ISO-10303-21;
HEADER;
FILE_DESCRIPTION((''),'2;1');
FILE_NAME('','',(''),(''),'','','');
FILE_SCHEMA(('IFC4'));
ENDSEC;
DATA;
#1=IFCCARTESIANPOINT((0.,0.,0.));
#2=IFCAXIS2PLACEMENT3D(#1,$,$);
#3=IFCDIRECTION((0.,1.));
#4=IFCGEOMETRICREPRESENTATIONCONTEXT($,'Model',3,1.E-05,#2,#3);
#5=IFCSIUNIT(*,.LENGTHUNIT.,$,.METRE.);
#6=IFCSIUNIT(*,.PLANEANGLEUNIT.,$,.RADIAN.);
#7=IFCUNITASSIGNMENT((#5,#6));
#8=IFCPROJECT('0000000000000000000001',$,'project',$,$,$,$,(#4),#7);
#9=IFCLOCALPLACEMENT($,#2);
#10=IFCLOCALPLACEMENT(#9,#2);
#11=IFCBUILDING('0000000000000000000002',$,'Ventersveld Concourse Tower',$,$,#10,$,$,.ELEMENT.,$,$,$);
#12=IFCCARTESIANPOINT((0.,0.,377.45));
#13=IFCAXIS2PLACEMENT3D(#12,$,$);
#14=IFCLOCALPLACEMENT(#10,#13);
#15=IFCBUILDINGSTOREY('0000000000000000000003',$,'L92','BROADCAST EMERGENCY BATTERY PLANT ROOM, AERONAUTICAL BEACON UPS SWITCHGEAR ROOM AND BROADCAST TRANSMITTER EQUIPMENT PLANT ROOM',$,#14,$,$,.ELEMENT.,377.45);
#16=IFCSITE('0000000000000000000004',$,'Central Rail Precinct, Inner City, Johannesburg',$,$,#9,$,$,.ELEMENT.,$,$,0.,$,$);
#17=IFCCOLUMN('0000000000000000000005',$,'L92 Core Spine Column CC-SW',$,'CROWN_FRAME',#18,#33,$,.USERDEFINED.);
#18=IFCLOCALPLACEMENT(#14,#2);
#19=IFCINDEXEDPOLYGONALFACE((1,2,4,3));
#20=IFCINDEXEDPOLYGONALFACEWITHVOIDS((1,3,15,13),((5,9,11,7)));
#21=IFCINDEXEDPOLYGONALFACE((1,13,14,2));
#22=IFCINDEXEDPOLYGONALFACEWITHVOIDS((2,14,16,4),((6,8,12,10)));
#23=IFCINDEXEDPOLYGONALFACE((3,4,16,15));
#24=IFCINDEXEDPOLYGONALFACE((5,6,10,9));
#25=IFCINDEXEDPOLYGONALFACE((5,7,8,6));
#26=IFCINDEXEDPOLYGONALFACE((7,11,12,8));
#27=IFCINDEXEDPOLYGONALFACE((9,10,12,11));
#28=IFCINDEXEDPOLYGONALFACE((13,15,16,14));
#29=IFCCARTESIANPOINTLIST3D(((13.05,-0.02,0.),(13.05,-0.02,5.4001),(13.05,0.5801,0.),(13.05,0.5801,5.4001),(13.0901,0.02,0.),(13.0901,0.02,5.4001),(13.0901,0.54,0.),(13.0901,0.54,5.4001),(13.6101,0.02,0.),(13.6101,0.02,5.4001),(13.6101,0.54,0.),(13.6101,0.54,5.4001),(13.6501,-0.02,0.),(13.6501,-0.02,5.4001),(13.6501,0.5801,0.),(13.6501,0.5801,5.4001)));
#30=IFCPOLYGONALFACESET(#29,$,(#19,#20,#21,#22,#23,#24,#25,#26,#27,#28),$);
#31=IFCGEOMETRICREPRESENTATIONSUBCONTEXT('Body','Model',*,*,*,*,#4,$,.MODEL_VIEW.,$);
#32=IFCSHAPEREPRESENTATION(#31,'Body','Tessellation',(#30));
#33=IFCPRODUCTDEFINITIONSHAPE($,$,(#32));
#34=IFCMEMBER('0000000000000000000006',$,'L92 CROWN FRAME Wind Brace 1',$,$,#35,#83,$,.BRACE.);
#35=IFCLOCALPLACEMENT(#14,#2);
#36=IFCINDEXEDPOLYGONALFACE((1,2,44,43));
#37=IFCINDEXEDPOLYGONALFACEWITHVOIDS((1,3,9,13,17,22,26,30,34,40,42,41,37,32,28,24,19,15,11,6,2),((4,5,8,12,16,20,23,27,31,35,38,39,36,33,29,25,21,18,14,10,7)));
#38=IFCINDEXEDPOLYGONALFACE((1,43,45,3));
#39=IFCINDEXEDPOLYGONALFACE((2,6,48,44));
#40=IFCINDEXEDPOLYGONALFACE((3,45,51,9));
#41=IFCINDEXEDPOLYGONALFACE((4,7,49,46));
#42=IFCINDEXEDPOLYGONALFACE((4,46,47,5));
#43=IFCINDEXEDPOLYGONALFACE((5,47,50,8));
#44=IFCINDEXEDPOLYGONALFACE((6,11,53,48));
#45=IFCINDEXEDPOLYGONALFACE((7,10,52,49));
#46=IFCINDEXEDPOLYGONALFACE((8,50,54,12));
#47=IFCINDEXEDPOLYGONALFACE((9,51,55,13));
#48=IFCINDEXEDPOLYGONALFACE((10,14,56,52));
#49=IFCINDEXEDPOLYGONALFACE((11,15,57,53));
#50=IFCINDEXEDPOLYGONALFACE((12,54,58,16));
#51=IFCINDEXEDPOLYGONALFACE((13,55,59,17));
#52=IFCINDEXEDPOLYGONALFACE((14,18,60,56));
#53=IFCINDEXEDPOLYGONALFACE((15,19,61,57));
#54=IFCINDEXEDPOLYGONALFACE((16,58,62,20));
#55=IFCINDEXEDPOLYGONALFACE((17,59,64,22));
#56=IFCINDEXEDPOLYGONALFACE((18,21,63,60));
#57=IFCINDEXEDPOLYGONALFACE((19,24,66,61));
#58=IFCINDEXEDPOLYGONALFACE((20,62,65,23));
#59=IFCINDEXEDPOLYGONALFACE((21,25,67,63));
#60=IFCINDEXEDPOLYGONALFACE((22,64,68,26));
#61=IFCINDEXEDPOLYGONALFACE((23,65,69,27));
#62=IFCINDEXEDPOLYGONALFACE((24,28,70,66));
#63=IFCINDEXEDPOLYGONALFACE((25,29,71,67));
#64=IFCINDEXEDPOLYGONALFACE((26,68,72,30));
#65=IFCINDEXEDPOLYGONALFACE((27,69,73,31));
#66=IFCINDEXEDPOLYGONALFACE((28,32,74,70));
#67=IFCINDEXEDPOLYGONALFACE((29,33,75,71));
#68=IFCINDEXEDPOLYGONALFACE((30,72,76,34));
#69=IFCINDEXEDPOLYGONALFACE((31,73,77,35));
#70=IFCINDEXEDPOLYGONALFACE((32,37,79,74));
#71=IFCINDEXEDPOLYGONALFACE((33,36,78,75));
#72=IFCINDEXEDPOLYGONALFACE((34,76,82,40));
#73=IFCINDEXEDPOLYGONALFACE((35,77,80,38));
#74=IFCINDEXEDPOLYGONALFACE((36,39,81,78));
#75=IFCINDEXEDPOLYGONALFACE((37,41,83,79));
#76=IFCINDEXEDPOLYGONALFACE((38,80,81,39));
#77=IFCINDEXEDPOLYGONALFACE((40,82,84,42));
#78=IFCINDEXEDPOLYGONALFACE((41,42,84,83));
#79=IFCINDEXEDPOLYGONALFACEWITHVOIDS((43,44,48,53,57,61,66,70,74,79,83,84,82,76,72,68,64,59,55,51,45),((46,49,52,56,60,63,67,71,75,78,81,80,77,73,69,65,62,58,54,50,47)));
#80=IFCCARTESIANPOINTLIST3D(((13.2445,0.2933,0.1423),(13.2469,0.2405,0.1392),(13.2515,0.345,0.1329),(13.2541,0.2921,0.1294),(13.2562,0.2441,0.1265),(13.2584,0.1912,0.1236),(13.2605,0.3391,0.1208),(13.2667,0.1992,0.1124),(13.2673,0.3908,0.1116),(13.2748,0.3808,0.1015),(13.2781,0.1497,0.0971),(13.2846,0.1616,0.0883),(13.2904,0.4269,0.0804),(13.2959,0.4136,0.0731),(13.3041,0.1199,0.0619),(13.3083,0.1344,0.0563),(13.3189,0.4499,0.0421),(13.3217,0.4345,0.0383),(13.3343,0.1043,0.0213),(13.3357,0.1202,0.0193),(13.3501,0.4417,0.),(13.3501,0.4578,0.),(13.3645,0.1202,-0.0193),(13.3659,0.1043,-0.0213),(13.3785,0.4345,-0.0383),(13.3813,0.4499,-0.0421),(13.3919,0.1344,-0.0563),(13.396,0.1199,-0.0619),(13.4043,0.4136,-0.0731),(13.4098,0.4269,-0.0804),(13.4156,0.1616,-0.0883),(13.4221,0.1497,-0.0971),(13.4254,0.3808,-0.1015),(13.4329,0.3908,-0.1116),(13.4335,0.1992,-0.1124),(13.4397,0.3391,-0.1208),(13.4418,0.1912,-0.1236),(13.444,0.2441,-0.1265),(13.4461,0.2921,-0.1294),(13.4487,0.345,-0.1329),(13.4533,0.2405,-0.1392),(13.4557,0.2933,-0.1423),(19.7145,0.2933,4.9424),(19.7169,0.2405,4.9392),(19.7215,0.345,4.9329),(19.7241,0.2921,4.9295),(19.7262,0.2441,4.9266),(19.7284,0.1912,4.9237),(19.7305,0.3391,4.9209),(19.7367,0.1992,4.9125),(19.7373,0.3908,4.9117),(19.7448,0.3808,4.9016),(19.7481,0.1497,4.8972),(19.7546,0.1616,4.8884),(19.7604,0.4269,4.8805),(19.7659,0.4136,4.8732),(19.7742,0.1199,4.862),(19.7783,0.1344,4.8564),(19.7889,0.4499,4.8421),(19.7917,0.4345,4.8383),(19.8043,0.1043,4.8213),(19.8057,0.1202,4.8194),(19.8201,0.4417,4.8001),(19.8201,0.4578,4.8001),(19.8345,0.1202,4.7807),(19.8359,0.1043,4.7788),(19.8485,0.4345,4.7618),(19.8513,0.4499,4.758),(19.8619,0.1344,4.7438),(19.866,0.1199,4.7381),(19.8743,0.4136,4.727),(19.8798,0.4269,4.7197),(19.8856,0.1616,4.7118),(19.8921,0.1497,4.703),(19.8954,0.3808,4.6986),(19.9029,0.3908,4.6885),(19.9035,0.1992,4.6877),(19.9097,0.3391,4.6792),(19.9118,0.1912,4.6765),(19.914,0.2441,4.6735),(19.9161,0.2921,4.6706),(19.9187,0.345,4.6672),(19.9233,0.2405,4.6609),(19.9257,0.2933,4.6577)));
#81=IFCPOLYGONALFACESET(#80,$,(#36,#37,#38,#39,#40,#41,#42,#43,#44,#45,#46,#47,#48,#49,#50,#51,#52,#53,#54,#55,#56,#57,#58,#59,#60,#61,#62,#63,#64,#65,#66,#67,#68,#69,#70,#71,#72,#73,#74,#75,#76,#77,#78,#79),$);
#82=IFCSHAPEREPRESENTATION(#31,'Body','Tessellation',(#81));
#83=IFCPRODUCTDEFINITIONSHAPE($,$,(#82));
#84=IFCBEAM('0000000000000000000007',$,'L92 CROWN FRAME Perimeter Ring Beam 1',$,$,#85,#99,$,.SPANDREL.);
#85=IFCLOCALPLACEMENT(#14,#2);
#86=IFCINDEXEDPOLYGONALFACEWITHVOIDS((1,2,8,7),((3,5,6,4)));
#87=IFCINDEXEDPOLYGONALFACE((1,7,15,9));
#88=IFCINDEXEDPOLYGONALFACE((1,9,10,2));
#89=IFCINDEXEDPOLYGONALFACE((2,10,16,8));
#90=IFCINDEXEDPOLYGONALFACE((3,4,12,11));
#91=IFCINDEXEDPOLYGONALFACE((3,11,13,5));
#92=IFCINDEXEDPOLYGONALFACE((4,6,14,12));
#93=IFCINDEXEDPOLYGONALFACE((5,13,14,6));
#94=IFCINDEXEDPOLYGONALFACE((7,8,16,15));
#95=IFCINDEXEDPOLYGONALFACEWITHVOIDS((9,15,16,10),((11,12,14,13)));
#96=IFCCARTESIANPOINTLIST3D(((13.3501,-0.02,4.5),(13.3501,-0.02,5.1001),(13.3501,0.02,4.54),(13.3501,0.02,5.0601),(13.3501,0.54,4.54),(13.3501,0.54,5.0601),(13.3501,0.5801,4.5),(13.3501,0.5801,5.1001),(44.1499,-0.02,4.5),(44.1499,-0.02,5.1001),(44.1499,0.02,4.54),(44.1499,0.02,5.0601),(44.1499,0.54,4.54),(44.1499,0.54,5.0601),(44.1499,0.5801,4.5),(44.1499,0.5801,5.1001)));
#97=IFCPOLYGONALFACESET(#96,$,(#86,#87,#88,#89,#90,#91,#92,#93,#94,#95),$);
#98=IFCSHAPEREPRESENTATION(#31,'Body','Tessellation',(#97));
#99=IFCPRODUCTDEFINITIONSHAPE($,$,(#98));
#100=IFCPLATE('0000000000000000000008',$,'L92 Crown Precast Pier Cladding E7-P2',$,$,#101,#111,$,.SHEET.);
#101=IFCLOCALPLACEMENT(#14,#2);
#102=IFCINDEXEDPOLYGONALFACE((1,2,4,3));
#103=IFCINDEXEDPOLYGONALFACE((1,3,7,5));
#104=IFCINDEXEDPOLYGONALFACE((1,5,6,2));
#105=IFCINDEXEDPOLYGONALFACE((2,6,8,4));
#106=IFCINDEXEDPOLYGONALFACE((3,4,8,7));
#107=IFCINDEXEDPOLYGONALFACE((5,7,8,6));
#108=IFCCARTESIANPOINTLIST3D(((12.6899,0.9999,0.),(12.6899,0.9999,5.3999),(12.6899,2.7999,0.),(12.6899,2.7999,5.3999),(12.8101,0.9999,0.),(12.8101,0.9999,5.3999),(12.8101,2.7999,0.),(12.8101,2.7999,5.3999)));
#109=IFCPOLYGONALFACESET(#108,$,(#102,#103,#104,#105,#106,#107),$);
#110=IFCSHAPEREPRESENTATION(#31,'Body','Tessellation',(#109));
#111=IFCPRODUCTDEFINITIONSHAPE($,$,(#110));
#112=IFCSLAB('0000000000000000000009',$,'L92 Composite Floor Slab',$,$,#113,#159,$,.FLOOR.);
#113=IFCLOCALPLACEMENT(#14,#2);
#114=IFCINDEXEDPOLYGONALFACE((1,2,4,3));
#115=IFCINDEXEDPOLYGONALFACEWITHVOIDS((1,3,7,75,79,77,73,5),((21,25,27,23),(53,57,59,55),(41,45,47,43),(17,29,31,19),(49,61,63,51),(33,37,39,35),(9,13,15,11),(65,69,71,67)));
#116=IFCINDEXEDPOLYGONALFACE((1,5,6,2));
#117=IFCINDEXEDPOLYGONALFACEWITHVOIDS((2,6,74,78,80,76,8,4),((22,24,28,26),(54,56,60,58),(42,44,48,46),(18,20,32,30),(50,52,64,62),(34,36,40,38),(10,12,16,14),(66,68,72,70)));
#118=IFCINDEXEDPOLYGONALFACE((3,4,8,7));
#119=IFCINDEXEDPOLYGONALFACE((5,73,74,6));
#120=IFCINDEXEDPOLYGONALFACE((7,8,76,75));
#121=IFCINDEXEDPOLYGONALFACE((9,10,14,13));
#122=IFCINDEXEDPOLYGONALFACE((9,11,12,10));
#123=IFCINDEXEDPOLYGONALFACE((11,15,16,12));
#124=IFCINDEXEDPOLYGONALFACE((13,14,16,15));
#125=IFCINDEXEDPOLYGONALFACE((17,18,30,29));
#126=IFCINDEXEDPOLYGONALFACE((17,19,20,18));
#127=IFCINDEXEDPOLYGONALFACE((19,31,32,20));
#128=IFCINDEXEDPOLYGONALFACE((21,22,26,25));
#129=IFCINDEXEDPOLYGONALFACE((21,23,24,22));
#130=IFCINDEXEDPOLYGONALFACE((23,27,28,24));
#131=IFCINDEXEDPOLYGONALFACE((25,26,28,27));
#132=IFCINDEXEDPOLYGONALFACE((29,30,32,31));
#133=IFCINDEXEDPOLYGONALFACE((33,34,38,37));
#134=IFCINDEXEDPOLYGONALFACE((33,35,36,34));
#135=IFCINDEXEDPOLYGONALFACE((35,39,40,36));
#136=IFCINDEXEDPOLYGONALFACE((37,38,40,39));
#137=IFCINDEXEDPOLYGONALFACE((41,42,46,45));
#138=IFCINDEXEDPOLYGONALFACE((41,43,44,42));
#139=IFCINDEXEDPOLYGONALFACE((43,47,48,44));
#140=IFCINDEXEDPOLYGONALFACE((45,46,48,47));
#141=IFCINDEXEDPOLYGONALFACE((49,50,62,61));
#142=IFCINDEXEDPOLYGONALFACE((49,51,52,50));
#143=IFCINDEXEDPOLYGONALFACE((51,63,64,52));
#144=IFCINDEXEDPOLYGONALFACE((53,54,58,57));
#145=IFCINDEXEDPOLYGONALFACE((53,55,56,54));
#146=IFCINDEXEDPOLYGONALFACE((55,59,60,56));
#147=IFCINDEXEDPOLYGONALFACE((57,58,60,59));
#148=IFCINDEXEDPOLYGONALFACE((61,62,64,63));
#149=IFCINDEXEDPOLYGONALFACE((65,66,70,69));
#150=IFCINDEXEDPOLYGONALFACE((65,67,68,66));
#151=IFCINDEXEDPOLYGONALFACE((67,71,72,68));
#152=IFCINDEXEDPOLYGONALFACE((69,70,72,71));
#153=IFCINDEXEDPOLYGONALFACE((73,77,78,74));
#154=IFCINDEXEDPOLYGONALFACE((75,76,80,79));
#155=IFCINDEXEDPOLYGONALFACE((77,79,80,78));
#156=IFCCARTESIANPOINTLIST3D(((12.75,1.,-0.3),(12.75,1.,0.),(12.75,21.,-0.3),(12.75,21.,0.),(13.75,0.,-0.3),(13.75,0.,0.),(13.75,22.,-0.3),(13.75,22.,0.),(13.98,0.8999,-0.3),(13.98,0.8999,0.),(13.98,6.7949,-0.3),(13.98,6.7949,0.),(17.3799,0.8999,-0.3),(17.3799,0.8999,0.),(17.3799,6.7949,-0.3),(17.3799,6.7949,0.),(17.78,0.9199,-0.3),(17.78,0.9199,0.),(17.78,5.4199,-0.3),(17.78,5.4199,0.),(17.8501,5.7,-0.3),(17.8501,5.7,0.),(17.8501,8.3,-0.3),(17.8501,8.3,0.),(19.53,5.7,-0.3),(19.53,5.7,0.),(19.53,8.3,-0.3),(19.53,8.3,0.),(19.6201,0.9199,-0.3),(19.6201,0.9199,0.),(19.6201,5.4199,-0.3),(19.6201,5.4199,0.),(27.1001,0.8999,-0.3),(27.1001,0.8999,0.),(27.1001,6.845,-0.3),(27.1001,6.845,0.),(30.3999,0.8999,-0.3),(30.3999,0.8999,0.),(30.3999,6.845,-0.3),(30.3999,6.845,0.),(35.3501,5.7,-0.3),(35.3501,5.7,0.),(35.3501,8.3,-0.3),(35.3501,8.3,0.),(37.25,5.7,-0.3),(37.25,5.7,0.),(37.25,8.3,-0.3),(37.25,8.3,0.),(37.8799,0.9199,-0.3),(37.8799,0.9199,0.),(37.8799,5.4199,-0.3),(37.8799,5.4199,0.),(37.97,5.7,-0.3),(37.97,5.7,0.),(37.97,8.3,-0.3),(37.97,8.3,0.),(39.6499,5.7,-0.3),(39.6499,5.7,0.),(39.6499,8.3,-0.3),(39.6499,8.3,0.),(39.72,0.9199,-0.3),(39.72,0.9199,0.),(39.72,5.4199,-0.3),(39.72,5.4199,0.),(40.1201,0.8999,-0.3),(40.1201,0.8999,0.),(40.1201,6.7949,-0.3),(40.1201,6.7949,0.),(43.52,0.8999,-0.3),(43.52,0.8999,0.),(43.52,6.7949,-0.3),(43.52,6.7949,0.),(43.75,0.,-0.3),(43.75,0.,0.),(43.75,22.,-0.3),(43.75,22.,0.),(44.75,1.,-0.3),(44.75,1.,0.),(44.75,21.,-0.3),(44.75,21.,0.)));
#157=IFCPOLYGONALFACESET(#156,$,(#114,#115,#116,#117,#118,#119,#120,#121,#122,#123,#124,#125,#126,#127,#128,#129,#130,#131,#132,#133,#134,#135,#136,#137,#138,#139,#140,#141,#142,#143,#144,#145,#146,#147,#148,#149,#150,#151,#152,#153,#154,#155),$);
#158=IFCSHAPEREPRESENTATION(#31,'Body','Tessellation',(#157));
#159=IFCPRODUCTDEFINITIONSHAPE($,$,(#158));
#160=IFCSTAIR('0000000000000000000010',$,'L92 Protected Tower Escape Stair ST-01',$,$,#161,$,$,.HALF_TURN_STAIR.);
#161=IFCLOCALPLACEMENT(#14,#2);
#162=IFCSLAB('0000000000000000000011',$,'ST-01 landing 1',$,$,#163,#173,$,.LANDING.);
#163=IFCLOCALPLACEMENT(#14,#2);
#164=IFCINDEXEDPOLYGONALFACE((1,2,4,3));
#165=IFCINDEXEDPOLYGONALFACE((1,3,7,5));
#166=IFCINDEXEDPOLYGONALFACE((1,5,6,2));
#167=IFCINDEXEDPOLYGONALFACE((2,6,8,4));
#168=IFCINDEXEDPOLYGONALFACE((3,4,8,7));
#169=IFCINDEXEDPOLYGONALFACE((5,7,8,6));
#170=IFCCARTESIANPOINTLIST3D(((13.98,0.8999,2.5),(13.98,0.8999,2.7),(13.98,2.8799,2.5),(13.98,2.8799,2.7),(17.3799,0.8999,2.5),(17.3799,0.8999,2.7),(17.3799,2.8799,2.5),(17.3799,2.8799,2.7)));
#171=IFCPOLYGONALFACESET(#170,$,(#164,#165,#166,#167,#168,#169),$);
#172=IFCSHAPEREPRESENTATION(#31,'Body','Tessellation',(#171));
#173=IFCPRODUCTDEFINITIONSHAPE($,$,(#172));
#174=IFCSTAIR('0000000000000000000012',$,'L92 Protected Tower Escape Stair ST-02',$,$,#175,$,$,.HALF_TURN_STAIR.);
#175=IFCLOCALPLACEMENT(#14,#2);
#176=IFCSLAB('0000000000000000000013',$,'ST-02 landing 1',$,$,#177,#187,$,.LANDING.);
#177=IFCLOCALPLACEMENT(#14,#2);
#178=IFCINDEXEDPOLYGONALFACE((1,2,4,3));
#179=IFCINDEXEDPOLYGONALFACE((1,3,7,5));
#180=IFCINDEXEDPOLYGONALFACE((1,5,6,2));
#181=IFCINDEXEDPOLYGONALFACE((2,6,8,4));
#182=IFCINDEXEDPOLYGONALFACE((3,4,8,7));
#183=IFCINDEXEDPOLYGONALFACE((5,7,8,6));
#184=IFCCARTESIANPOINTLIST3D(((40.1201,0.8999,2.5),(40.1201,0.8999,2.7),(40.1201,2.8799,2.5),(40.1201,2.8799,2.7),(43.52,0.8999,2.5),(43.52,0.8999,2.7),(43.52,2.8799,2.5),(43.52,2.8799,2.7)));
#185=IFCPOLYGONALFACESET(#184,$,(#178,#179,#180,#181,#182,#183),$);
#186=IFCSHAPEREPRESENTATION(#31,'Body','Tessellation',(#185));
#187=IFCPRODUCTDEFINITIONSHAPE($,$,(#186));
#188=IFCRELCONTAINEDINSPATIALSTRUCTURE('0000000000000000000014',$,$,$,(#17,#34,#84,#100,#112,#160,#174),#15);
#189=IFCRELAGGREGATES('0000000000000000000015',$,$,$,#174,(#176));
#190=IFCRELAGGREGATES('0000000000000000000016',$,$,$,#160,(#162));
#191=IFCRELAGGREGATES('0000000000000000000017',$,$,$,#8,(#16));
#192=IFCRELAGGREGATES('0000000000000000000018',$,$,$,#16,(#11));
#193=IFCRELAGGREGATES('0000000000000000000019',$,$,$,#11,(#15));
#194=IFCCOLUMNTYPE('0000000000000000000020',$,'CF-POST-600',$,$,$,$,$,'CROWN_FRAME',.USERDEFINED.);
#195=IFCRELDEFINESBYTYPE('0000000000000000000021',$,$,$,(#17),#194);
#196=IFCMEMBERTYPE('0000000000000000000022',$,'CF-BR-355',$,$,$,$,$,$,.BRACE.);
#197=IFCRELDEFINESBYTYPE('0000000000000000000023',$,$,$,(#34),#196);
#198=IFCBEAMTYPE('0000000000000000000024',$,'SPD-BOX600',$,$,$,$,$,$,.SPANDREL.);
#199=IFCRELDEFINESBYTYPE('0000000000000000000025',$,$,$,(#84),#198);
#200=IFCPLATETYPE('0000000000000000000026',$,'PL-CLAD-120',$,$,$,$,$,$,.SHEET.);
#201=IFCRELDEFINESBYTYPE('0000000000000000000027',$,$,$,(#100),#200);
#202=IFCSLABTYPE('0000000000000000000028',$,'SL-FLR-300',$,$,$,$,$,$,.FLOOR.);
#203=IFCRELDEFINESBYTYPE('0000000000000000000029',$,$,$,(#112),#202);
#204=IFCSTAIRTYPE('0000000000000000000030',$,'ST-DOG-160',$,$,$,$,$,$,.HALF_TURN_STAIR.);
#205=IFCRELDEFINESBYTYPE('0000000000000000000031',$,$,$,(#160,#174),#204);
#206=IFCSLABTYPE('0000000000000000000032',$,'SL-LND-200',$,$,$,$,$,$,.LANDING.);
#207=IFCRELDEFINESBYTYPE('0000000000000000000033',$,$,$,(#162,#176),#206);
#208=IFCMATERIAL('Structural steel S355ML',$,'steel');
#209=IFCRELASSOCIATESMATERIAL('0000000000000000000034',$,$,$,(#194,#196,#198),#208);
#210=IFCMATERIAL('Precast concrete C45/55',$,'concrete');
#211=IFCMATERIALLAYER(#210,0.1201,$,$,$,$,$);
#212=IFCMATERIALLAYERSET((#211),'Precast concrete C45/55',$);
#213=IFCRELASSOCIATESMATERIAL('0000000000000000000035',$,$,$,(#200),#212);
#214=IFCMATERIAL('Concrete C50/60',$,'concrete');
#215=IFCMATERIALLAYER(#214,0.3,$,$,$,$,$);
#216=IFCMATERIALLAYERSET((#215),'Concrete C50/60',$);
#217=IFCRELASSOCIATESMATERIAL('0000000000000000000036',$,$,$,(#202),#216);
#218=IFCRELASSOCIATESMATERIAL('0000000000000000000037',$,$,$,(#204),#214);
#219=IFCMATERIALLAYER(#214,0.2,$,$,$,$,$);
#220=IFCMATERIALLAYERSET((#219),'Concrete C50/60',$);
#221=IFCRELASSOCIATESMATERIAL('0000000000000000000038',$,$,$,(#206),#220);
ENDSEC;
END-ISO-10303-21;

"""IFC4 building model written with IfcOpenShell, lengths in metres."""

from ifc_helpers import new_model, si_unit, direction, frame, origin, origin_2d, place, context, subcontext, project, spatial, polyline, rectangle, hollow_rectangle, hollow_circle, outline, extrude, material, layer, layer_set, material_profile, profile_set, type_object, element, aggregate, save


model = new_model("IFC4")

# Units and contexts
model_context = context("Model", 3, precision=1e-05, world=origin(), true_north=direction((0.0, 1.0)))
body_context = subcontext(model_context, "Body", "Model", "MODEL_VIEW")
ifc_project = project(units=[si_unit("LENGTHUNIT", "METRE"), si_unit("PLANEANGLEUNIT", "RADIAN")], contexts=[model_context])

# Site, building, storey
site_placement = place(None, origin())
site = spatial("IfcSite", under=ifc_project, at=site_placement, Name="Central Rail Precinct, Inner City, Johannesburg", CompositionType="ELEMENT", RefElevation=0.0)
building_placement = place(site_placement, origin())
building = spatial("IfcBuilding", under=site, at=building_placement, Name="Ventersveld Concourse Tower", CompositionType="ELEMENT")
storey_placement = place(building_placement, frame((0.0, 0.0, 377.45)))
storey = spatial("IfcBuildingStorey", under=building, at=storey_placement, Name="L92", Description="BROADCAST EMERGENCY BATTERY PLANT ROOM, AERONAUTICAL BEACON UPS SWITCHGEAR ROOM AND BROADCAST TRANSMITTER EQUIPMENT PLANT ROOM", CompositionType="ELEMENT", Elevation=377.45)

# Column
ifc_material_1 = material(Name="Structural steel S355ML", Category="steel")
ifc_material_profile_1 = material_profile(ifc_material_1, hollow_rectangle(XDim=0.6001, YDim=0.6001, WallThickness=0.04, at=origin_2d()), Name="BOX 600x600x40")
ifc_profile_set_1 = profile_set([ifc_material_profile_1], Name="Structural steel S355ML")
column_type = type_object("IfcColumnType", Name="CF-POST-600", ElementType="CROWN_FRAME", PredefinedType="USERDEFINED", material=ifc_profile_set_1)
column_placement = place(storey_placement, frame((13.3501, 0.28, 0.0), z_axis=(0.0, 0.0, 1.0), x_axis=(1.0, 0.0, 0.0)))
element("IfcColumn", 1, at=column_placement, inside=storey, type_object=column_type, Name="L92 Core Spine Column CC-SW", ObjectType="CROWN_FRAME", PredefinedType="USERDEFINED", context=body_context, shape_type="SweptSolid", body=[
    extrude(hollow_rectangle(XDim=0.6001, YDim=0.6001, WallThickness=0.04, at=origin_2d()), origin(), (0.0, 0.0, 1.0), 5.4001),
])

# Member
ifc_material_profile_2 = material_profile(ifc_material_1, hollow_circle(Radius=0.1777, WallThickness=0.0161, at=origin_2d()), Name="CHS 355.6x16")
ifc_profile_set_2 = profile_set([ifc_material_profile_2], Name="Structural steel S355ML")
member_type = type_object("IfcMemberType", Name="CF-BR-355", PredefinedType="BRACE", material=ifc_profile_set_2)
member_placement = place(storey_placement, frame((13.3501, 0.28, 0.0), z_axis=(0.803113, 0.0, 0.595827), x_axis=(0.0, 1.0, 0.0)))
element("IfcMember", 2, at=member_placement, inside=storey, type_object=member_type, Name="L92 CROWN FRAME Wind Brace 1", PredefinedType="BRACE", context=body_context, shape_type="SweptSolid", body=[
    extrude(hollow_circle(Radius=0.1777, WallThickness=0.0161, at=origin_2d()), origin(), (0.0, 0.0, 1.0), 8.0562),
])

# Beam
ifc_material_profile_3 = material_profile(ifc_material_1, hollow_rectangle(XDim=0.6001, YDim=0.6001, WallThickness=0.04, at=origin_2d()), Name="BOX 600x600x40")
ifc_profile_set_3 = profile_set([ifc_material_profile_3], Name="Structural steel S355ML")
beam_type = type_object("IfcBeamType", Name="SPD-BOX600", PredefinedType="SPANDREL", material=ifc_profile_set_3)
beam_placement = place(storey_placement, frame((13.3501, 0.28, 4.8), z_axis=(1.0, 0.0, 0.0), x_axis=(0.0, 1.0, 0.0)))
element("IfcBeam", 3, at=beam_placement, inside=storey, type_object=beam_type, Name="L92 CROWN FRAME Perimeter Ring Beam 1", PredefinedType="SPANDREL", context=body_context, shape_type="SweptSolid", body=[
    extrude(hollow_rectangle(XDim=0.6001, YDim=0.6001, WallThickness=0.04, at=origin_2d()), origin(), (0.0, 0.0, 1.0), 30.7998),
])

# Plate
ifc_material_2 = material(Name="Precast concrete C45/55", Category="concrete")
ifc_layer_1 = layer(ifc_material_2, 0.1201)
ifc_layer_set_1 = layer_set([ifc_layer_1], Name="Precast concrete C45/55")
plate_type = type_object("IfcPlateType", Name="PL-CLAD-120", PredefinedType="SHEET", material=ifc_layer_set_1)
plate_placement = place(storey_placement, frame((12.75, 1.8999, 0.0), z_axis=(0.0, 0.0, 1.0), x_axis=(0.0, -1.0, 0.0)))
element("IfcPlate", 4, at=plate_placement, inside=storey, type_object=plate_type, Name="L92 Crown Precast Pier Cladding E7-P2", PredefinedType="SHEET", context=body_context, shape_type="SweptSolid", body=[
    extrude(rectangle(XDim=1.8, YDim=0.1201, at=origin_2d()), origin(), (0.0, 0.0, 1.0), 5.3999),
])

# Slab
ifc_material_3 = material(Name="Concrete C50/60", Category="concrete")
ifc_layer_2 = layer(ifc_material_3, 0.3)
ifc_layer_set_2 = layer_set([ifc_layer_2], Name="Concrete C50/60")
slab_type_1 = type_object("IfcSlabType", Name="SL-FLR-300", PredefinedType="FLOOR", material=ifc_layer_set_2)
slab_1_placement = place(storey_placement, frame((0.0, 0.0, -0.3)))
element("IfcSlab", 5, at=slab_1_placement, inside=storey, type_object=slab_type_1, Name="L92 Composite Floor Slab", PredefinedType="FLOOR", context=body_context, shape_type="SweptSolid", body=[
    extrude(outline(polyline([(13.75, 0.0), (43.75, 0.0), (44.75, 1.0), (44.75, 21.0), (43.75, 22.0), (13.75, 22.0), (12.75, 21.0), (12.75, 1.0), (13.75, 0.0)]), holes=[polyline([(13.98, 6.7949), (13.98, 0.8999), (17.3799, 0.8999), (17.3799, 6.7949), (13.98, 6.7949)]), polyline([(40.1201, 6.7949), (40.1201, 0.8999), (43.52, 0.8999), (43.52, 6.7949), (40.1201, 6.7949)]), polyline([(27.1001, 6.845), (27.1001, 0.8999), (30.3999, 0.8999), (30.3999, 6.845), (27.1001, 6.845)]), polyline([(17.8501, 5.7), (19.53, 5.7), (19.53, 8.3), (17.8501, 8.3), (17.8501, 5.7)]), polyline([(37.97, 5.7), (39.6499, 5.7), (39.6499, 8.3), (37.97, 8.3), (37.97, 5.7)]), polyline([(35.3501, 5.7), (37.25, 5.7), (37.25, 8.3), (35.3501, 8.3), (35.3501, 5.7)]), polyline([(17.78, 0.9199), (19.6201, 0.9199), (19.6201, 5.4199), (17.78, 5.4199), (17.78, 0.9199)]), polyline([(37.8799, 0.9199), (39.72, 0.9199), (39.72, 5.4199), (37.8799, 5.4199), (37.8799, 0.9199)])]), origin(), (0.0, 0.0, 1.0), 0.3),
])

# Stairs, slabs
stair_type_1 = type_object("IfcStairType", Name="ST-DOG-160", PredefinedType="HALF_TURN_STAIR", material=ifc_material_3)
stair_1_placement = place(storey_placement, origin())
stair_1 = element("IfcStair", 6, at=stair_1_placement, inside=storey, type_object=stair_type_1, Name="L92 Protected Tower Escape Stair ST-01", PredefinedType="HALF_TURN_STAIR")
ifc_layer_3 = layer(ifc_material_3, 0.2)
ifc_layer_set_3 = layer_set([ifc_layer_3], Name="Concrete C50/60")
slab_type_2 = type_object("IfcSlabType", Name="SL-LND-200", PredefinedType="LANDING", material=ifc_layer_set_3)
slab_2_placement = place(storey_placement, frame((0.0, 0.0, 2.5)))
slab_2 = element("IfcSlab", 7, at=slab_2_placement, type_object=slab_type_2, Name="ST-01 landing 1", PredefinedType="LANDING", context=body_context, shape_type="SweptSolid", body=[
    extrude(outline(polyline([(13.98, 2.8799), (13.98, 0.8999), (17.3799, 0.8999), (17.3799, 2.8799), (13.98, 2.8799)])), origin(), (0.0, 0.0, 1.0), 0.2),
])
stair_2_placement = place(storey_placement, origin())
stair_2 = element("IfcStair", 8, at=stair_2_placement, inside=storey, type_object=stair_type_1, Name="L92 Protected Tower Escape Stair ST-02", PredefinedType="HALF_TURN_STAIR")
slab_3_placement = place(storey_placement, frame((0.0, 0.0, 2.5)))
slab_3 = element("IfcSlab", 9, at=slab_3_placement, type_object=slab_type_2, Name="ST-02 landing 1", PredefinedType="LANDING", context=body_context, shape_type="SweptSolid", body=[
    extrude(outline(polyline([(40.1201, 2.8799), (40.1201, 0.8999), (43.52, 0.8999), (43.52, 2.8799), (40.1201, 2.8799)])), origin(), (0.0, 0.0, 1.0), 0.2),
])
aggregate(stair_2, [slab_3])

aggregate(stair_1, [slab_2])

save(model, "model.ifc")
